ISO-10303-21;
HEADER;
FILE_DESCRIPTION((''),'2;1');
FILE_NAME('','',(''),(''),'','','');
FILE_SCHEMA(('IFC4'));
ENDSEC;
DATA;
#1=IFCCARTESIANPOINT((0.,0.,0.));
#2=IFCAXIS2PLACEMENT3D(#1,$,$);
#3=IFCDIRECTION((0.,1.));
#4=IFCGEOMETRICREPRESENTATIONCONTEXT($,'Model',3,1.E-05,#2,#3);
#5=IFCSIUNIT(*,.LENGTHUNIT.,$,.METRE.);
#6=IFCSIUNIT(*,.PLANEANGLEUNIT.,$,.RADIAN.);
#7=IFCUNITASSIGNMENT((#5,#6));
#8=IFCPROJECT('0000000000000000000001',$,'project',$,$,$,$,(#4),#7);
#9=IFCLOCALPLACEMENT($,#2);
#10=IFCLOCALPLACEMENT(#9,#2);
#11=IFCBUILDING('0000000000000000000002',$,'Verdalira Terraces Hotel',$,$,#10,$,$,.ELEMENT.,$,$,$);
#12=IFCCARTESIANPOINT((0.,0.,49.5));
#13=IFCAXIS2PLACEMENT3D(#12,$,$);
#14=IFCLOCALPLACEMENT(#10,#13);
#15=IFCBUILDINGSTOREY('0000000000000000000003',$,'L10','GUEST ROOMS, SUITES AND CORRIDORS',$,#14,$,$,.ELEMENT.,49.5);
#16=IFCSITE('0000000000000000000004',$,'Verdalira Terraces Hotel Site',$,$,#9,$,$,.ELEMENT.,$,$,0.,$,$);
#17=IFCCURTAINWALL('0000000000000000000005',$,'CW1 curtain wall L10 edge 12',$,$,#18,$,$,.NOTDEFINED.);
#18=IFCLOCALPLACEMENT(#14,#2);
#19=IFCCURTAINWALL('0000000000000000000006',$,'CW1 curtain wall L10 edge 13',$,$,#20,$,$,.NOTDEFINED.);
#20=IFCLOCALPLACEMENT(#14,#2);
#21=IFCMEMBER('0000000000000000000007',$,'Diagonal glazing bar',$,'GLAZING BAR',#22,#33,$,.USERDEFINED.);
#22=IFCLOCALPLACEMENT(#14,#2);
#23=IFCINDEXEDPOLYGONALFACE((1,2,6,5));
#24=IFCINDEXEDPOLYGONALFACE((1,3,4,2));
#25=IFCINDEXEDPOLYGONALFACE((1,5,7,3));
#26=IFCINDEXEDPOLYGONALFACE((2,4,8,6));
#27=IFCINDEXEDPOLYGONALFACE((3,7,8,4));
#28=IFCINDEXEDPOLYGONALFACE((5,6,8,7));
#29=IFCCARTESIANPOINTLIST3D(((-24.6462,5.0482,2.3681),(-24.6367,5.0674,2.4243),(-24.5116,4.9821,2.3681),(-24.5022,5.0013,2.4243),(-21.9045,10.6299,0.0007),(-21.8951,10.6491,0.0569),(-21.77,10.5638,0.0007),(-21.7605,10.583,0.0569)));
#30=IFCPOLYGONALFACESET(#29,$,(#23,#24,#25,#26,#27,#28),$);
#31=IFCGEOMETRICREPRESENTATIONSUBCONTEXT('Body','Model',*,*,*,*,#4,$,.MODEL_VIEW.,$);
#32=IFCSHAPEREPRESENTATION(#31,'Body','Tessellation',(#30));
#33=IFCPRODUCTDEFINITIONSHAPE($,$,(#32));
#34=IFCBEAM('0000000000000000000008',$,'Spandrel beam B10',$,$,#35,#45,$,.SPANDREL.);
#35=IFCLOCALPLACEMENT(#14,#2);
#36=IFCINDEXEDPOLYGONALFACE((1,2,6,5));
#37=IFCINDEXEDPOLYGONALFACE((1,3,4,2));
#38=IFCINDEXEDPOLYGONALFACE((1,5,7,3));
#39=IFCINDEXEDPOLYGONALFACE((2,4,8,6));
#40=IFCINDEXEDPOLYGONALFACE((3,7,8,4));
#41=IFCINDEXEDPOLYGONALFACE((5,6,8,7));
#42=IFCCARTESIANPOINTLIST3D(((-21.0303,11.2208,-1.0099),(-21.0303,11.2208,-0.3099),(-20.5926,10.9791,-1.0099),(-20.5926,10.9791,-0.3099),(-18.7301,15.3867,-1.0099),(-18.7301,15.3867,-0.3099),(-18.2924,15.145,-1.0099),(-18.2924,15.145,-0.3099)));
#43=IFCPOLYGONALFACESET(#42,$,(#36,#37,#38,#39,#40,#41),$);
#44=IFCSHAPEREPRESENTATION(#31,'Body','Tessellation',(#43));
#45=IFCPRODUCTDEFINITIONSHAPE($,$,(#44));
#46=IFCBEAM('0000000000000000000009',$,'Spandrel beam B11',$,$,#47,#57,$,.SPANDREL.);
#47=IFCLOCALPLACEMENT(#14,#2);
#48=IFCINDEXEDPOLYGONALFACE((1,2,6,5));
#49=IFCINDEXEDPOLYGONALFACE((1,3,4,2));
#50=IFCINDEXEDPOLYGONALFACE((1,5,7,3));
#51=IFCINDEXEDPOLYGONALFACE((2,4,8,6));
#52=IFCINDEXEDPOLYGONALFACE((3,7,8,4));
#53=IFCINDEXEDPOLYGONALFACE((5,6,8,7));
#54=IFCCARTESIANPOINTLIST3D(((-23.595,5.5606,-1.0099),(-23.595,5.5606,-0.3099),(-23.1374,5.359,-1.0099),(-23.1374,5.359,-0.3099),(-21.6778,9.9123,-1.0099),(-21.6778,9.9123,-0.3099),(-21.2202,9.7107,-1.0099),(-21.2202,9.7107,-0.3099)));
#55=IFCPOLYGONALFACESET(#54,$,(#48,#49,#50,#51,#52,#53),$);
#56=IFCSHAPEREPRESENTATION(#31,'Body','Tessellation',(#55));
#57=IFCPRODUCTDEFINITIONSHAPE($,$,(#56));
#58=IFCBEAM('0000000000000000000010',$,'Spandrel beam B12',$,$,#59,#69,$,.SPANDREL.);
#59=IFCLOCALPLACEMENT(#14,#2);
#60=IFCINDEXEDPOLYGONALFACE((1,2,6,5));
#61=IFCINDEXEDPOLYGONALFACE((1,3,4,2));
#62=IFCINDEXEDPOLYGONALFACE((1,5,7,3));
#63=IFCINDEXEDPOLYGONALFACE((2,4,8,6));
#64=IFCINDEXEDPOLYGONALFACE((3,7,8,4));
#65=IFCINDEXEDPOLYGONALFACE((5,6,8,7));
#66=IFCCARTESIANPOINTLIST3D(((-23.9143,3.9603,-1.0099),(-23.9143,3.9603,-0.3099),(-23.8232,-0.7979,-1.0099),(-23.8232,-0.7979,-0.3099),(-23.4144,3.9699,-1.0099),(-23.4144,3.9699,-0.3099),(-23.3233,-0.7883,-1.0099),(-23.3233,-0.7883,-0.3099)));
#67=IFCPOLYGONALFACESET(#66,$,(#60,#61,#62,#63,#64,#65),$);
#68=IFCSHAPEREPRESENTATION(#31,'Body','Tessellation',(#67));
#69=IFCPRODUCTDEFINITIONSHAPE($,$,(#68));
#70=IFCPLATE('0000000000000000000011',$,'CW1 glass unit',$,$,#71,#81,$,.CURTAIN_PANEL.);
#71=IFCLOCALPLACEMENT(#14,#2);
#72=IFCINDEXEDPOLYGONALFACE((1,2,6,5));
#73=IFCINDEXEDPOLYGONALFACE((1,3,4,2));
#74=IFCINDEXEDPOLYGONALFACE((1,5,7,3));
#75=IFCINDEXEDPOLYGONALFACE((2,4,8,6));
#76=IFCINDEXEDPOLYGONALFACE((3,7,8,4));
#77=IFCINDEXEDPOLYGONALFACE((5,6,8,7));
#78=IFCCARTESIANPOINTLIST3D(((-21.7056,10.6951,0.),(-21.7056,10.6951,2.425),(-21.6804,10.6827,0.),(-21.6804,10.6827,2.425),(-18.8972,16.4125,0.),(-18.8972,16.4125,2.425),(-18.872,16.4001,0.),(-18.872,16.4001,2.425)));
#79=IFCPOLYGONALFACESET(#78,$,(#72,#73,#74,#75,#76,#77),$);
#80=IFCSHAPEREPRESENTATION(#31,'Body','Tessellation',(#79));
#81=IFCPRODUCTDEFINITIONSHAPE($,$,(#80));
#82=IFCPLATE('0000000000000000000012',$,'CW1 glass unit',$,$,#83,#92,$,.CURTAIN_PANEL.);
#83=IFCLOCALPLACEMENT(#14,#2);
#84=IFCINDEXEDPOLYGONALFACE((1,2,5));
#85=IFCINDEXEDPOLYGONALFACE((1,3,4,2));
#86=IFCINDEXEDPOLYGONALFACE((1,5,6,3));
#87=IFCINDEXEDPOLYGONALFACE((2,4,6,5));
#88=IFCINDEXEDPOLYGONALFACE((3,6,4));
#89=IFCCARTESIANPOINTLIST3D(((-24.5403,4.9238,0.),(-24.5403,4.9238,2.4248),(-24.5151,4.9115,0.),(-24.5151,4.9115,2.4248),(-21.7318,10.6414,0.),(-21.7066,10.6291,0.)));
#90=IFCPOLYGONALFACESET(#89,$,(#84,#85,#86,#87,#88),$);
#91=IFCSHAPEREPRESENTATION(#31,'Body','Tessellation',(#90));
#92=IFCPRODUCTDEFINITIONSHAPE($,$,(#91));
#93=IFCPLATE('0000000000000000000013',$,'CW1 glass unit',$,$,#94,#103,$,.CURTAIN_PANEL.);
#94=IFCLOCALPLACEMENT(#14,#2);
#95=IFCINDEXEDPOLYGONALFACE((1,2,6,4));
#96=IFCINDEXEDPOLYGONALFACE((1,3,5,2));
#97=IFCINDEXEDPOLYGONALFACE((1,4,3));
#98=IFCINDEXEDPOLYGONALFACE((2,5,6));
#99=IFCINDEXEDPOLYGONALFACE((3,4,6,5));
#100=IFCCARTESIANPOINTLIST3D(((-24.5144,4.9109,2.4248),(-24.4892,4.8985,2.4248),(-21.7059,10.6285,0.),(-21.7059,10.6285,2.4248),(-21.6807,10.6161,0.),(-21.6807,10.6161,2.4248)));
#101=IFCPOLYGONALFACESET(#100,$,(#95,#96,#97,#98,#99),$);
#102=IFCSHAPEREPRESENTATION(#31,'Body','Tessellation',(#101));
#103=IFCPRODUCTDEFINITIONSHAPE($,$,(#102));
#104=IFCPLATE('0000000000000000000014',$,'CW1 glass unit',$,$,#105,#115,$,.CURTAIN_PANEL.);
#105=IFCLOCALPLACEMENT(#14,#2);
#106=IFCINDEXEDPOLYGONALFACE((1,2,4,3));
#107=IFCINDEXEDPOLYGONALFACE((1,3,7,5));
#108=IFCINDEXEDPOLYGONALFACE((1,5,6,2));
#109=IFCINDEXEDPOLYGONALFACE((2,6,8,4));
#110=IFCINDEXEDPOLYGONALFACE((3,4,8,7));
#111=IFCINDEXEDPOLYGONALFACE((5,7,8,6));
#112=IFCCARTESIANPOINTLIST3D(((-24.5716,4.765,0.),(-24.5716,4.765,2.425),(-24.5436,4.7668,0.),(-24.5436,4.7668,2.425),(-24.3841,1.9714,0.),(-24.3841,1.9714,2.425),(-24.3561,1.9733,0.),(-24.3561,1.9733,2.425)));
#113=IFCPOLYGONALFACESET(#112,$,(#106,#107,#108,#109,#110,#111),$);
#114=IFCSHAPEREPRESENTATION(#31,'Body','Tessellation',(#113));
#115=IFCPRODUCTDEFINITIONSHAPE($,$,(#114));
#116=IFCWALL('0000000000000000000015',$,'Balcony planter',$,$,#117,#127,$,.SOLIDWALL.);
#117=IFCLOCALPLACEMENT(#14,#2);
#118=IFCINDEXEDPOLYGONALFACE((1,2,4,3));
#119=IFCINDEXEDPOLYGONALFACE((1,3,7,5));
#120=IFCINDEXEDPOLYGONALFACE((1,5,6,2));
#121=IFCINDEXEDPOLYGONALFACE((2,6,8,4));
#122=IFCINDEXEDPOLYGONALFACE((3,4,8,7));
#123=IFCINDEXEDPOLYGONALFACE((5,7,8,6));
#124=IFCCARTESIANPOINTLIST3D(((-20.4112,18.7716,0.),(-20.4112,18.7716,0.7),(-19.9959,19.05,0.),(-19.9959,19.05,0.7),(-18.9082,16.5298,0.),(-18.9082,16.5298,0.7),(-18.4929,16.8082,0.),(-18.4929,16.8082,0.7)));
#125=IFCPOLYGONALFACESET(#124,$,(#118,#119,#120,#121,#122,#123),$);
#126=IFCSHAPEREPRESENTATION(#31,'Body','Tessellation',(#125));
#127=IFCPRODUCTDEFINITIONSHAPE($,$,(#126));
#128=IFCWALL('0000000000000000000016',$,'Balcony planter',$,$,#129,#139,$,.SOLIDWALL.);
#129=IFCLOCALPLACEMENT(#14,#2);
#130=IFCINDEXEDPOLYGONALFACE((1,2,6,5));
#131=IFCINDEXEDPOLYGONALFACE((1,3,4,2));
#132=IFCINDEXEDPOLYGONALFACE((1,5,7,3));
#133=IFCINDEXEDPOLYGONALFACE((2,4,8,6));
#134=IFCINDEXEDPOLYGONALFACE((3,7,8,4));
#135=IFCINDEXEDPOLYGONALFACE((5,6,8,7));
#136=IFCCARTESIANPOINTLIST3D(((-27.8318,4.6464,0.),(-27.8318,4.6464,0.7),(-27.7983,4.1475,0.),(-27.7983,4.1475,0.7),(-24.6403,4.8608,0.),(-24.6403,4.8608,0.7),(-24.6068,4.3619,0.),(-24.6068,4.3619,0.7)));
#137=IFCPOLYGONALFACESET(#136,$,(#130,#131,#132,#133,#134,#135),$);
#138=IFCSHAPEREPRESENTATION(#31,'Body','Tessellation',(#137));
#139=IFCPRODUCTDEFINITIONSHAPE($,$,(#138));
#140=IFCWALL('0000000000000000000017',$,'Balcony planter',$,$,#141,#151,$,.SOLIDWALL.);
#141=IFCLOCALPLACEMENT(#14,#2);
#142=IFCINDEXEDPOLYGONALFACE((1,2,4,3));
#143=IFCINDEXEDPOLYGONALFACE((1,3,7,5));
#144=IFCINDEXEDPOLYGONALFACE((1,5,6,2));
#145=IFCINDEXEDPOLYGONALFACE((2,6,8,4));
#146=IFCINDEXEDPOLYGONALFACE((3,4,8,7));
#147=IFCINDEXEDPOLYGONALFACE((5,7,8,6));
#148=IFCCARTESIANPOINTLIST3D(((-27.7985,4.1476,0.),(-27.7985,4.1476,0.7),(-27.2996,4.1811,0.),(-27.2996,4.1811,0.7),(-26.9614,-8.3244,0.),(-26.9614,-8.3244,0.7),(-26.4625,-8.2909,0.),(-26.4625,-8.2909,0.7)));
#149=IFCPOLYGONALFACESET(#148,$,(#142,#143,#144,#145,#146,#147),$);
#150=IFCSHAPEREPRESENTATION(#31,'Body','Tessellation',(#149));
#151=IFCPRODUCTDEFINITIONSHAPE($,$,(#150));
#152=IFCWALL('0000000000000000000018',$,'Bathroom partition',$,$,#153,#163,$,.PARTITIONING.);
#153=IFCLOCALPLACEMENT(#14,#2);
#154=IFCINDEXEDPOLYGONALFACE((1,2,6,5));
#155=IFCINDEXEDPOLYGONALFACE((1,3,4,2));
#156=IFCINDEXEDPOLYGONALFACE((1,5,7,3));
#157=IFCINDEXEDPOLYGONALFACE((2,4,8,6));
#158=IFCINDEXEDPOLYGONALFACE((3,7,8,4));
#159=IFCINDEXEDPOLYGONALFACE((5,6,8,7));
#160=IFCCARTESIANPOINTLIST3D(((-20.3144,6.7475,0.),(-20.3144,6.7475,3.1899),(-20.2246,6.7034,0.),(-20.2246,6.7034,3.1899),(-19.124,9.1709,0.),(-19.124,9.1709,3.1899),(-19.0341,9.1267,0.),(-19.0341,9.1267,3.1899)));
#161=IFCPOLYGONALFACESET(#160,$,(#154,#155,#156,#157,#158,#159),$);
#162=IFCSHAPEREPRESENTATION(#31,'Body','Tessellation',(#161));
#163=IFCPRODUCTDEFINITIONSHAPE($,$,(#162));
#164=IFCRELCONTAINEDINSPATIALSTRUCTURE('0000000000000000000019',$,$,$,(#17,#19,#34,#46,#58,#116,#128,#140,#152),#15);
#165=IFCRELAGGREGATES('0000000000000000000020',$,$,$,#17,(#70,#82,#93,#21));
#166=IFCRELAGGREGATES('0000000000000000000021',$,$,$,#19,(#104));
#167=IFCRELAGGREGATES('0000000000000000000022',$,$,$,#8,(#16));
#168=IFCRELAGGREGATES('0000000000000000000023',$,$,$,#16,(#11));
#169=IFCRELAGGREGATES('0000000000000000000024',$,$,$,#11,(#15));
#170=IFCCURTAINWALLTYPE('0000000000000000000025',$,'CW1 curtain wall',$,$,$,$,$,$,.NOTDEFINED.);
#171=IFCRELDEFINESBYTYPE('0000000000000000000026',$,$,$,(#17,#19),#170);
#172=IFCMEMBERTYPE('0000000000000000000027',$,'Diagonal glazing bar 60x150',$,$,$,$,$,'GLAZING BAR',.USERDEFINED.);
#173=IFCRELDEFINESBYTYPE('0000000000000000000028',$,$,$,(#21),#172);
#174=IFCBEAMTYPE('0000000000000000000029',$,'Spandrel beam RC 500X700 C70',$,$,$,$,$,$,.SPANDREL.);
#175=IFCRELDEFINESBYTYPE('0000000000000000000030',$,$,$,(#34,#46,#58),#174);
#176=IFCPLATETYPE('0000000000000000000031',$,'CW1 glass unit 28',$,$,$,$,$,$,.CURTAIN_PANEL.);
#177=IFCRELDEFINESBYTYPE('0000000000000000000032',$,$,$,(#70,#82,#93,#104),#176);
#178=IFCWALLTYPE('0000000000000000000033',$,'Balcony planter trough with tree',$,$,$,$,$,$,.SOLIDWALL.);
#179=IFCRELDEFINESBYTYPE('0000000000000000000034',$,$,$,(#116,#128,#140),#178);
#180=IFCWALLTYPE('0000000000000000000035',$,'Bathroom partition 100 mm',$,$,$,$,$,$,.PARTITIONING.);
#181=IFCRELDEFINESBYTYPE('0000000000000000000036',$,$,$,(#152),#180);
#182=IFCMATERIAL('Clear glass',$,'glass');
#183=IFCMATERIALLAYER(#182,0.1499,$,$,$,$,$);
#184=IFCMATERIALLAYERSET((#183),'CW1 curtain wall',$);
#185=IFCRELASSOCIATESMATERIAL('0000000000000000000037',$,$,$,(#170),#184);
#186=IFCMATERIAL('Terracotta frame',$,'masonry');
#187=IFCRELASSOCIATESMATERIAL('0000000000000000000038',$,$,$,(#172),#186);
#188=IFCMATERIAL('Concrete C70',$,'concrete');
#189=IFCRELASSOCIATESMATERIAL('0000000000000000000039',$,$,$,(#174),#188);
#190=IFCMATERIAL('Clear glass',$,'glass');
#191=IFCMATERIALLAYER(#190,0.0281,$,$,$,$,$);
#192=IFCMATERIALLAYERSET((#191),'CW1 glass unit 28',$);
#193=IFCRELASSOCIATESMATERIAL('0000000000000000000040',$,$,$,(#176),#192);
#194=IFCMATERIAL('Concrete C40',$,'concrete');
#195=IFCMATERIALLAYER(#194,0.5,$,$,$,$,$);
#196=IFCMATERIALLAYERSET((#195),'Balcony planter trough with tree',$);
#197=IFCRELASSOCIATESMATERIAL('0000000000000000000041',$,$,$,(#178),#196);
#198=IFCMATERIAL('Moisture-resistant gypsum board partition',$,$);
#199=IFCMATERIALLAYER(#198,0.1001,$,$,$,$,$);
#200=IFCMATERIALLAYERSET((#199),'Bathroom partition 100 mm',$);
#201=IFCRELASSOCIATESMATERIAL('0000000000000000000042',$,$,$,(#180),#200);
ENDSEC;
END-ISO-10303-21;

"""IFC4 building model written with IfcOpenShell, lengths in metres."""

from ifc_helpers import new_model, si_unit, direction, frame, frame_2d, origin, origin_2d, place, context, subcontext, project, spatial, polyline, rectangle, outline, extrude, material, layer, layer_set, material_profile, profile_set, type_object, element, aggregate, save


model = new_model("IFC4")

# Units and contexts
model_context = context("Model", 3, precision=1e-05, world=origin(), true_north=direction((0.0, 1.0)))
body_context = subcontext(model_context, "Body", "Model", "MODEL_VIEW")
ifc_project = project(units=[si_unit("LENGTHUNIT", "METRE"), si_unit("PLANEANGLEUNIT", "RADIAN")], contexts=[model_context])

# Site, building, storey
site_placement = place(None, origin())
site = spatial("IfcSite", under=ifc_project, at=site_placement, Name="Verdalira Terraces Hotel Site", CompositionType="ELEMENT", RefElevation=0.0)
building_placement = place(site_placement, origin())
building = spatial("IfcBuilding", under=site, at=building_placement, Name="Verdalira Terraces Hotel", CompositionType="ELEMENT")
storey_placement = place(building_placement, frame((0.0, 0.0, 49.5)))
storey = spatial("IfcBuildingStorey", under=building, at=storey_placement, Name="L10", Description="GUEST ROOMS, SUITES AND CORRIDORS", CompositionType="ELEMENT", Elevation=49.5)

# Shared definitions
ifc_material_1 = material(Name="Clear glass", Category="glass")
ifc_layer_1 = layer(ifc_material_1, 0.1499)
ifc_layer_set_1 = layer_set([ifc_layer_1], Name="CW1 curtain wall")
curtain_wall_type = type_object("IfcCurtainWallType", Name="CW1 curtain wall", PredefinedType="NOTDEFINED", material=ifc_layer_set_1)

# Curtain wall
curtain_wall_1_placement = place(storey_placement, origin())
curtain_wall_1 = element("IfcCurtainWall", 1, at=curtain_wall_1_placement, inside=storey, type_object=curtain_wall_type, Name="CW1 curtain wall L10 edge 12", PredefinedType="NOTDEFINED")

# Curtain wall
curtain_wall_2_placement = place(storey_placement, origin())
curtain_wall_2 = element("IfcCurtainWall", 2, at=curtain_wall_2_placement, inside=storey, type_object=curtain_wall_type, Name="CW1 curtain wall L10 edge 13", PredefinedType="NOTDEFINED")

# Member
ifc_material_2 = material(Name="Terracotta frame", Category="masonry")
ifc_material_profile_1 = material_profile(ifc_material_2, rectangle(XDim=0.1499, YDim=0.0601, at=origin_2d()), Name="GB 60x150")
ifc_profile_set_1 = profile_set([ifc_material_profile_1], Name="Terracotta frame")
member_type_1 = type_object("IfcMemberType", Name="Diagonal glazing bar 60x150", ElementType="GLAZING BAR", PredefinedType="USERDEFINED", material=ifc_profile_set_1)
member_1_placement = place(storey_placement, frame((-21.8325, 10.6064, 0.0288), z_axis=(-0.412027, -0.83884, 0.355782), x_axis=(0.897569, -0.440874, 0.0)))
member_1 = element("IfcMember", 3, at=member_1_placement, type_object=member_type_1, Name="Diagonal glazing bar", ObjectType="GLAZING BAR", PredefinedType="USERDEFINED", context=body_context, shape_type="SweptSolid", body=[
    extrude(rectangle(XDim=0.1499, YDim=0.0601, at=origin_2d()), origin(), (0.0, 0.0, 1.0), 6.6541),
])

# Beams
ifc_material_3 = material(Name="Concrete C70", Category="concrete")
ifc_material_profile_2 = material_profile(ifc_material_3, rectangle(XDim=0.5, YDim=0.7, at=origin_2d()), Name="RC 500X700")
ifc_profile_set_2 = profile_set([ifc_material_profile_2], Name="Concrete C70")
beam_type_1 = type_object("IfcBeamType", Name="Spandrel beam RC 500X700 C70", PredefinedType="SPANDREL", material=ifc_profile_set_2)
beam_1_placement = place(storey_placement, frame((-18.5112, 15.2659, -0.6599), z_axis=(-0.483368, -0.875418, 0.0), x_axis=(0.875418, -0.483368, 0.0)))
element("IfcBeam", 4, at=beam_1_placement, inside=storey, type_object=beam_type_1, Name="Spandrel beam B10", PredefinedType="SPANDREL", context=body_context, shape_type="SweptSolid", body=[
    extrude(rectangle(XDim=0.5, YDim=0.7, at=origin_2d()), origin(), (0.0, 0.0, 1.0), 4.7588),
])
beam_2_placement = place(storey_placement, frame((-21.449, 9.8115, -0.6599), z_axis=(-0.403169, -0.915126, 0.0), x_axis=(0.915126, -0.403169, 0.0)))
element("IfcBeam", 5, at=beam_2_placement, inside=storey, type_object=beam_type_1, Name="Spandrel beam B11", PredefinedType="SPANDREL", context=body_context, shape_type="SweptSolid", body=[
    extrude(rectangle(XDim=0.5, YDim=0.7, at=origin_2d()), origin(), (0.0, 0.0, 1.0), 4.7554),
])
beam_3_placement = place(storey_placement, frame((-23.6643, 3.9651, -0.6599), z_axis=(0.019135, -0.999817, 0.0), x_axis=(0.999817, 0.019135, 0.0)))
element("IfcBeam", 6, at=beam_3_placement, inside=storey, type_object=beam_type_1, Name="Spandrel beam B12", PredefinedType="SPANDREL", context=body_context, shape_type="SweptSolid", body=[
    extrude(rectangle(XDim=0.5, YDim=0.7, at=origin_2d()), origin(), (0.0, 0.0, 1.0), 4.759),
])

# Plates
ifc_material_4 = material(Name="Clear glass", Category="glass")
ifc_layer_2 = layer(ifc_material_4, 0.0281)
ifc_layer_set_2 = layer_set([ifc_layer_2], Name="CW1 glass unit 28")
plate_type = type_object("IfcPlateType", Name="CW1 glass unit 28", PredefinedType="CURTAIN_PANEL", material=ifc_layer_set_2)
plate_1_placement = place(storey_placement, frame((-20.2888, 13.5476, 0.0), z_axis=(0.0, 0.0, 1.0), x_axis=(-0.440879, -0.897566, 0.0)))
plate_1 = element("IfcPlate", 7, at=plate_1_placement, type_object=plate_type, Name="CW1 glass unit", PredefinedType="CURTAIN_PANEL", context=body_context, shape_type="SweptSolid", body=[
    extrude(rectangle(XDim=6.3699, YDim=0.0281, at=origin_2d()), origin(), (0.0, 0.0, 1.0), 2.425),
])
plate_2_placement = place(storey_placement, frame((-23.1108, 7.7703, 1.2124), z_axis=(-0.897566, 0.440879, 0.0), x_axis=(-0.440879, -0.897566, 0.0)))
plate_2 = element("IfcPlate", 8, at=plate_2_placement, type_object=plate_type, Name="CW1 glass unit", PredefinedType="CURTAIN_PANEL", context=body_context, shape_type="SweptSolid", body=[
    extrude(outline(polyline([(-3.1851, -1.2124), (3.1851, -1.2124), (3.1851, 1.2124), (-3.1851, -1.2124)])), origin(), (0.0, 0.0, 1.0), 0.0281),
])
plate_3_placement = place(storey_placement, frame((-23.085, 7.7573, 1.2124), z_axis=(-0.897566, 0.440879, 0.0), x_axis=(-0.440879, -0.897566, 0.0)))
plate_3 = element("IfcPlate", 9, at=plate_3_placement, type_object=plate_type, Name="CW1 glass unit", PredefinedType="CURTAIN_PANEL", context=body_context, shape_type="SweptSolid", body=[
    extrude(outline(polyline([(-3.1851, -1.2124), (3.1851, 1.2124), (-3.1851, 1.2124), (-3.1851, -1.2124)])), origin(), (0.0, 0.0, 1.0), 0.0281),
])
aggregate(curtain_wall_1, [plate_1, plate_2, plate_3, member_1])
plate_4_placement = place(storey_placement, frame((-24.4639, 3.3691, 0.0), z_axis=(0.0, 0.0, 1.0), x_axis=(0.06697, -0.997755, 0.0)))
plate_4 = element("IfcPlate", 10, at=plate_4_placement, type_object=plate_type, Name="CW1 glass unit", PredefinedType="CURTAIN_PANEL", context=body_context, shape_type="SweptSolid", body=[
    extrude(rectangle(XDim=2.7998, YDim=0.0281, at=origin_2d()), origin(), (0.0, 0.0, 1.0), 2.425),
])
aggregate(curtain_wall_2, [plate_4])

# Walls
ifc_material_5 = material(Name="Concrete C40", Category="concrete")
ifc_layer_3 = layer(ifc_material_5, 0.5)
ifc_layer_set_3 = layer_set([ifc_layer_3], Name="Balcony planter trough with tree")
wall_type_1 = type_object("IfcWallType", Name="Balcony planter trough with tree", PredefinedType="SOLIDWALL", material=ifc_layer_set_3)
wall_1_placement = place(storey_placement, frame((-20.2036, 18.9109, 0.0), z_axis=(0.0, 0.0, 1.0), x_axis=(0.556869, -0.8306, 0.0)))
element("IfcWall", 11, at=wall_1_placement, inside=storey, type_object=wall_type_1, Name="Balcony planter", PredefinedType="SOLIDWALL", context=body_context, shape_type="SweptSolid", body=[
    extrude(rectangle(XDim=2.699, YDim=0.5, at=frame_2d((1.3496, 0.0))), origin(), (0.0, 0.0, 1.0), 0.7),
])
wall_2_placement = place(storey_placement, frame((-24.6235, 4.6113, 0.0), z_axis=(0.0, 0.0, 1.0), x_axis=(-0.997752, -0.06701, 0.0)))
element("IfcWall", 12, at=wall_2_placement, inside=storey, type_object=wall_type_1, Name="Balcony planter", PredefinedType="SOLIDWALL", context=body_context, shape_type="SweptSolid", body=[
    extrude(rectangle(XDim=3.1987, YDim=0.5, at=frame_2d((1.5994, 0.0))), origin(), (0.0, 0.0, 1.0), 0.7),
])
wall_3_placement = place(storey_placement, frame((-27.5491, 4.1643, 0.0), z_axis=(0.0, 0.0, 1.0), x_axis=(0.066973, -0.997755, 0.0)))
element("IfcWall", 13, at=wall_3_placement, inside=storey, type_object=wall_type_1, Name="Balcony planter", PredefinedType="SOLIDWALL", context=body_context, shape_type="SweptSolid", body=[
    extrude(rectangle(XDim=12.5, YDim=0.5, at=frame_2d((6.25, 0.0))), origin(), (0.0, 0.0, 1.0), 0.7),
])
ifc_material_6 = material(Name="Moisture-resistant gypsum board partition")
ifc_layer_4 = layer(ifc_material_6, 0.1001)
ifc_layer_set_4 = layer_set([ifc_layer_4], Name="Bathroom partition 100 mm")
wall_type_2 = type_object("IfcWallType", Name="Bathroom partition 100 mm", PredefinedType="PARTITIONING", material=ifc_layer_set_4)
wall_4_placement = place(storey_placement, frame((-20.2695, 6.7253, 0.0), z_axis=(0.0, 0.0, 1.0), x_axis=(0.440909, 0.897552, 0.0)))
element("IfcWall", 14, at=wall_4_placement, inside=storey, type_object=wall_type_2, Name="Bathroom partition", PredefinedType="PARTITIONING", context=body_context, shape_type="SweptSolid", body=[
    extrude(rectangle(XDim=2.7, YDim=0.1001, at=frame_2d((1.3501, 0.0))), origin(), (0.0, 0.0, 1.0), 3.1899),
])

save(model, "model.ifc")
